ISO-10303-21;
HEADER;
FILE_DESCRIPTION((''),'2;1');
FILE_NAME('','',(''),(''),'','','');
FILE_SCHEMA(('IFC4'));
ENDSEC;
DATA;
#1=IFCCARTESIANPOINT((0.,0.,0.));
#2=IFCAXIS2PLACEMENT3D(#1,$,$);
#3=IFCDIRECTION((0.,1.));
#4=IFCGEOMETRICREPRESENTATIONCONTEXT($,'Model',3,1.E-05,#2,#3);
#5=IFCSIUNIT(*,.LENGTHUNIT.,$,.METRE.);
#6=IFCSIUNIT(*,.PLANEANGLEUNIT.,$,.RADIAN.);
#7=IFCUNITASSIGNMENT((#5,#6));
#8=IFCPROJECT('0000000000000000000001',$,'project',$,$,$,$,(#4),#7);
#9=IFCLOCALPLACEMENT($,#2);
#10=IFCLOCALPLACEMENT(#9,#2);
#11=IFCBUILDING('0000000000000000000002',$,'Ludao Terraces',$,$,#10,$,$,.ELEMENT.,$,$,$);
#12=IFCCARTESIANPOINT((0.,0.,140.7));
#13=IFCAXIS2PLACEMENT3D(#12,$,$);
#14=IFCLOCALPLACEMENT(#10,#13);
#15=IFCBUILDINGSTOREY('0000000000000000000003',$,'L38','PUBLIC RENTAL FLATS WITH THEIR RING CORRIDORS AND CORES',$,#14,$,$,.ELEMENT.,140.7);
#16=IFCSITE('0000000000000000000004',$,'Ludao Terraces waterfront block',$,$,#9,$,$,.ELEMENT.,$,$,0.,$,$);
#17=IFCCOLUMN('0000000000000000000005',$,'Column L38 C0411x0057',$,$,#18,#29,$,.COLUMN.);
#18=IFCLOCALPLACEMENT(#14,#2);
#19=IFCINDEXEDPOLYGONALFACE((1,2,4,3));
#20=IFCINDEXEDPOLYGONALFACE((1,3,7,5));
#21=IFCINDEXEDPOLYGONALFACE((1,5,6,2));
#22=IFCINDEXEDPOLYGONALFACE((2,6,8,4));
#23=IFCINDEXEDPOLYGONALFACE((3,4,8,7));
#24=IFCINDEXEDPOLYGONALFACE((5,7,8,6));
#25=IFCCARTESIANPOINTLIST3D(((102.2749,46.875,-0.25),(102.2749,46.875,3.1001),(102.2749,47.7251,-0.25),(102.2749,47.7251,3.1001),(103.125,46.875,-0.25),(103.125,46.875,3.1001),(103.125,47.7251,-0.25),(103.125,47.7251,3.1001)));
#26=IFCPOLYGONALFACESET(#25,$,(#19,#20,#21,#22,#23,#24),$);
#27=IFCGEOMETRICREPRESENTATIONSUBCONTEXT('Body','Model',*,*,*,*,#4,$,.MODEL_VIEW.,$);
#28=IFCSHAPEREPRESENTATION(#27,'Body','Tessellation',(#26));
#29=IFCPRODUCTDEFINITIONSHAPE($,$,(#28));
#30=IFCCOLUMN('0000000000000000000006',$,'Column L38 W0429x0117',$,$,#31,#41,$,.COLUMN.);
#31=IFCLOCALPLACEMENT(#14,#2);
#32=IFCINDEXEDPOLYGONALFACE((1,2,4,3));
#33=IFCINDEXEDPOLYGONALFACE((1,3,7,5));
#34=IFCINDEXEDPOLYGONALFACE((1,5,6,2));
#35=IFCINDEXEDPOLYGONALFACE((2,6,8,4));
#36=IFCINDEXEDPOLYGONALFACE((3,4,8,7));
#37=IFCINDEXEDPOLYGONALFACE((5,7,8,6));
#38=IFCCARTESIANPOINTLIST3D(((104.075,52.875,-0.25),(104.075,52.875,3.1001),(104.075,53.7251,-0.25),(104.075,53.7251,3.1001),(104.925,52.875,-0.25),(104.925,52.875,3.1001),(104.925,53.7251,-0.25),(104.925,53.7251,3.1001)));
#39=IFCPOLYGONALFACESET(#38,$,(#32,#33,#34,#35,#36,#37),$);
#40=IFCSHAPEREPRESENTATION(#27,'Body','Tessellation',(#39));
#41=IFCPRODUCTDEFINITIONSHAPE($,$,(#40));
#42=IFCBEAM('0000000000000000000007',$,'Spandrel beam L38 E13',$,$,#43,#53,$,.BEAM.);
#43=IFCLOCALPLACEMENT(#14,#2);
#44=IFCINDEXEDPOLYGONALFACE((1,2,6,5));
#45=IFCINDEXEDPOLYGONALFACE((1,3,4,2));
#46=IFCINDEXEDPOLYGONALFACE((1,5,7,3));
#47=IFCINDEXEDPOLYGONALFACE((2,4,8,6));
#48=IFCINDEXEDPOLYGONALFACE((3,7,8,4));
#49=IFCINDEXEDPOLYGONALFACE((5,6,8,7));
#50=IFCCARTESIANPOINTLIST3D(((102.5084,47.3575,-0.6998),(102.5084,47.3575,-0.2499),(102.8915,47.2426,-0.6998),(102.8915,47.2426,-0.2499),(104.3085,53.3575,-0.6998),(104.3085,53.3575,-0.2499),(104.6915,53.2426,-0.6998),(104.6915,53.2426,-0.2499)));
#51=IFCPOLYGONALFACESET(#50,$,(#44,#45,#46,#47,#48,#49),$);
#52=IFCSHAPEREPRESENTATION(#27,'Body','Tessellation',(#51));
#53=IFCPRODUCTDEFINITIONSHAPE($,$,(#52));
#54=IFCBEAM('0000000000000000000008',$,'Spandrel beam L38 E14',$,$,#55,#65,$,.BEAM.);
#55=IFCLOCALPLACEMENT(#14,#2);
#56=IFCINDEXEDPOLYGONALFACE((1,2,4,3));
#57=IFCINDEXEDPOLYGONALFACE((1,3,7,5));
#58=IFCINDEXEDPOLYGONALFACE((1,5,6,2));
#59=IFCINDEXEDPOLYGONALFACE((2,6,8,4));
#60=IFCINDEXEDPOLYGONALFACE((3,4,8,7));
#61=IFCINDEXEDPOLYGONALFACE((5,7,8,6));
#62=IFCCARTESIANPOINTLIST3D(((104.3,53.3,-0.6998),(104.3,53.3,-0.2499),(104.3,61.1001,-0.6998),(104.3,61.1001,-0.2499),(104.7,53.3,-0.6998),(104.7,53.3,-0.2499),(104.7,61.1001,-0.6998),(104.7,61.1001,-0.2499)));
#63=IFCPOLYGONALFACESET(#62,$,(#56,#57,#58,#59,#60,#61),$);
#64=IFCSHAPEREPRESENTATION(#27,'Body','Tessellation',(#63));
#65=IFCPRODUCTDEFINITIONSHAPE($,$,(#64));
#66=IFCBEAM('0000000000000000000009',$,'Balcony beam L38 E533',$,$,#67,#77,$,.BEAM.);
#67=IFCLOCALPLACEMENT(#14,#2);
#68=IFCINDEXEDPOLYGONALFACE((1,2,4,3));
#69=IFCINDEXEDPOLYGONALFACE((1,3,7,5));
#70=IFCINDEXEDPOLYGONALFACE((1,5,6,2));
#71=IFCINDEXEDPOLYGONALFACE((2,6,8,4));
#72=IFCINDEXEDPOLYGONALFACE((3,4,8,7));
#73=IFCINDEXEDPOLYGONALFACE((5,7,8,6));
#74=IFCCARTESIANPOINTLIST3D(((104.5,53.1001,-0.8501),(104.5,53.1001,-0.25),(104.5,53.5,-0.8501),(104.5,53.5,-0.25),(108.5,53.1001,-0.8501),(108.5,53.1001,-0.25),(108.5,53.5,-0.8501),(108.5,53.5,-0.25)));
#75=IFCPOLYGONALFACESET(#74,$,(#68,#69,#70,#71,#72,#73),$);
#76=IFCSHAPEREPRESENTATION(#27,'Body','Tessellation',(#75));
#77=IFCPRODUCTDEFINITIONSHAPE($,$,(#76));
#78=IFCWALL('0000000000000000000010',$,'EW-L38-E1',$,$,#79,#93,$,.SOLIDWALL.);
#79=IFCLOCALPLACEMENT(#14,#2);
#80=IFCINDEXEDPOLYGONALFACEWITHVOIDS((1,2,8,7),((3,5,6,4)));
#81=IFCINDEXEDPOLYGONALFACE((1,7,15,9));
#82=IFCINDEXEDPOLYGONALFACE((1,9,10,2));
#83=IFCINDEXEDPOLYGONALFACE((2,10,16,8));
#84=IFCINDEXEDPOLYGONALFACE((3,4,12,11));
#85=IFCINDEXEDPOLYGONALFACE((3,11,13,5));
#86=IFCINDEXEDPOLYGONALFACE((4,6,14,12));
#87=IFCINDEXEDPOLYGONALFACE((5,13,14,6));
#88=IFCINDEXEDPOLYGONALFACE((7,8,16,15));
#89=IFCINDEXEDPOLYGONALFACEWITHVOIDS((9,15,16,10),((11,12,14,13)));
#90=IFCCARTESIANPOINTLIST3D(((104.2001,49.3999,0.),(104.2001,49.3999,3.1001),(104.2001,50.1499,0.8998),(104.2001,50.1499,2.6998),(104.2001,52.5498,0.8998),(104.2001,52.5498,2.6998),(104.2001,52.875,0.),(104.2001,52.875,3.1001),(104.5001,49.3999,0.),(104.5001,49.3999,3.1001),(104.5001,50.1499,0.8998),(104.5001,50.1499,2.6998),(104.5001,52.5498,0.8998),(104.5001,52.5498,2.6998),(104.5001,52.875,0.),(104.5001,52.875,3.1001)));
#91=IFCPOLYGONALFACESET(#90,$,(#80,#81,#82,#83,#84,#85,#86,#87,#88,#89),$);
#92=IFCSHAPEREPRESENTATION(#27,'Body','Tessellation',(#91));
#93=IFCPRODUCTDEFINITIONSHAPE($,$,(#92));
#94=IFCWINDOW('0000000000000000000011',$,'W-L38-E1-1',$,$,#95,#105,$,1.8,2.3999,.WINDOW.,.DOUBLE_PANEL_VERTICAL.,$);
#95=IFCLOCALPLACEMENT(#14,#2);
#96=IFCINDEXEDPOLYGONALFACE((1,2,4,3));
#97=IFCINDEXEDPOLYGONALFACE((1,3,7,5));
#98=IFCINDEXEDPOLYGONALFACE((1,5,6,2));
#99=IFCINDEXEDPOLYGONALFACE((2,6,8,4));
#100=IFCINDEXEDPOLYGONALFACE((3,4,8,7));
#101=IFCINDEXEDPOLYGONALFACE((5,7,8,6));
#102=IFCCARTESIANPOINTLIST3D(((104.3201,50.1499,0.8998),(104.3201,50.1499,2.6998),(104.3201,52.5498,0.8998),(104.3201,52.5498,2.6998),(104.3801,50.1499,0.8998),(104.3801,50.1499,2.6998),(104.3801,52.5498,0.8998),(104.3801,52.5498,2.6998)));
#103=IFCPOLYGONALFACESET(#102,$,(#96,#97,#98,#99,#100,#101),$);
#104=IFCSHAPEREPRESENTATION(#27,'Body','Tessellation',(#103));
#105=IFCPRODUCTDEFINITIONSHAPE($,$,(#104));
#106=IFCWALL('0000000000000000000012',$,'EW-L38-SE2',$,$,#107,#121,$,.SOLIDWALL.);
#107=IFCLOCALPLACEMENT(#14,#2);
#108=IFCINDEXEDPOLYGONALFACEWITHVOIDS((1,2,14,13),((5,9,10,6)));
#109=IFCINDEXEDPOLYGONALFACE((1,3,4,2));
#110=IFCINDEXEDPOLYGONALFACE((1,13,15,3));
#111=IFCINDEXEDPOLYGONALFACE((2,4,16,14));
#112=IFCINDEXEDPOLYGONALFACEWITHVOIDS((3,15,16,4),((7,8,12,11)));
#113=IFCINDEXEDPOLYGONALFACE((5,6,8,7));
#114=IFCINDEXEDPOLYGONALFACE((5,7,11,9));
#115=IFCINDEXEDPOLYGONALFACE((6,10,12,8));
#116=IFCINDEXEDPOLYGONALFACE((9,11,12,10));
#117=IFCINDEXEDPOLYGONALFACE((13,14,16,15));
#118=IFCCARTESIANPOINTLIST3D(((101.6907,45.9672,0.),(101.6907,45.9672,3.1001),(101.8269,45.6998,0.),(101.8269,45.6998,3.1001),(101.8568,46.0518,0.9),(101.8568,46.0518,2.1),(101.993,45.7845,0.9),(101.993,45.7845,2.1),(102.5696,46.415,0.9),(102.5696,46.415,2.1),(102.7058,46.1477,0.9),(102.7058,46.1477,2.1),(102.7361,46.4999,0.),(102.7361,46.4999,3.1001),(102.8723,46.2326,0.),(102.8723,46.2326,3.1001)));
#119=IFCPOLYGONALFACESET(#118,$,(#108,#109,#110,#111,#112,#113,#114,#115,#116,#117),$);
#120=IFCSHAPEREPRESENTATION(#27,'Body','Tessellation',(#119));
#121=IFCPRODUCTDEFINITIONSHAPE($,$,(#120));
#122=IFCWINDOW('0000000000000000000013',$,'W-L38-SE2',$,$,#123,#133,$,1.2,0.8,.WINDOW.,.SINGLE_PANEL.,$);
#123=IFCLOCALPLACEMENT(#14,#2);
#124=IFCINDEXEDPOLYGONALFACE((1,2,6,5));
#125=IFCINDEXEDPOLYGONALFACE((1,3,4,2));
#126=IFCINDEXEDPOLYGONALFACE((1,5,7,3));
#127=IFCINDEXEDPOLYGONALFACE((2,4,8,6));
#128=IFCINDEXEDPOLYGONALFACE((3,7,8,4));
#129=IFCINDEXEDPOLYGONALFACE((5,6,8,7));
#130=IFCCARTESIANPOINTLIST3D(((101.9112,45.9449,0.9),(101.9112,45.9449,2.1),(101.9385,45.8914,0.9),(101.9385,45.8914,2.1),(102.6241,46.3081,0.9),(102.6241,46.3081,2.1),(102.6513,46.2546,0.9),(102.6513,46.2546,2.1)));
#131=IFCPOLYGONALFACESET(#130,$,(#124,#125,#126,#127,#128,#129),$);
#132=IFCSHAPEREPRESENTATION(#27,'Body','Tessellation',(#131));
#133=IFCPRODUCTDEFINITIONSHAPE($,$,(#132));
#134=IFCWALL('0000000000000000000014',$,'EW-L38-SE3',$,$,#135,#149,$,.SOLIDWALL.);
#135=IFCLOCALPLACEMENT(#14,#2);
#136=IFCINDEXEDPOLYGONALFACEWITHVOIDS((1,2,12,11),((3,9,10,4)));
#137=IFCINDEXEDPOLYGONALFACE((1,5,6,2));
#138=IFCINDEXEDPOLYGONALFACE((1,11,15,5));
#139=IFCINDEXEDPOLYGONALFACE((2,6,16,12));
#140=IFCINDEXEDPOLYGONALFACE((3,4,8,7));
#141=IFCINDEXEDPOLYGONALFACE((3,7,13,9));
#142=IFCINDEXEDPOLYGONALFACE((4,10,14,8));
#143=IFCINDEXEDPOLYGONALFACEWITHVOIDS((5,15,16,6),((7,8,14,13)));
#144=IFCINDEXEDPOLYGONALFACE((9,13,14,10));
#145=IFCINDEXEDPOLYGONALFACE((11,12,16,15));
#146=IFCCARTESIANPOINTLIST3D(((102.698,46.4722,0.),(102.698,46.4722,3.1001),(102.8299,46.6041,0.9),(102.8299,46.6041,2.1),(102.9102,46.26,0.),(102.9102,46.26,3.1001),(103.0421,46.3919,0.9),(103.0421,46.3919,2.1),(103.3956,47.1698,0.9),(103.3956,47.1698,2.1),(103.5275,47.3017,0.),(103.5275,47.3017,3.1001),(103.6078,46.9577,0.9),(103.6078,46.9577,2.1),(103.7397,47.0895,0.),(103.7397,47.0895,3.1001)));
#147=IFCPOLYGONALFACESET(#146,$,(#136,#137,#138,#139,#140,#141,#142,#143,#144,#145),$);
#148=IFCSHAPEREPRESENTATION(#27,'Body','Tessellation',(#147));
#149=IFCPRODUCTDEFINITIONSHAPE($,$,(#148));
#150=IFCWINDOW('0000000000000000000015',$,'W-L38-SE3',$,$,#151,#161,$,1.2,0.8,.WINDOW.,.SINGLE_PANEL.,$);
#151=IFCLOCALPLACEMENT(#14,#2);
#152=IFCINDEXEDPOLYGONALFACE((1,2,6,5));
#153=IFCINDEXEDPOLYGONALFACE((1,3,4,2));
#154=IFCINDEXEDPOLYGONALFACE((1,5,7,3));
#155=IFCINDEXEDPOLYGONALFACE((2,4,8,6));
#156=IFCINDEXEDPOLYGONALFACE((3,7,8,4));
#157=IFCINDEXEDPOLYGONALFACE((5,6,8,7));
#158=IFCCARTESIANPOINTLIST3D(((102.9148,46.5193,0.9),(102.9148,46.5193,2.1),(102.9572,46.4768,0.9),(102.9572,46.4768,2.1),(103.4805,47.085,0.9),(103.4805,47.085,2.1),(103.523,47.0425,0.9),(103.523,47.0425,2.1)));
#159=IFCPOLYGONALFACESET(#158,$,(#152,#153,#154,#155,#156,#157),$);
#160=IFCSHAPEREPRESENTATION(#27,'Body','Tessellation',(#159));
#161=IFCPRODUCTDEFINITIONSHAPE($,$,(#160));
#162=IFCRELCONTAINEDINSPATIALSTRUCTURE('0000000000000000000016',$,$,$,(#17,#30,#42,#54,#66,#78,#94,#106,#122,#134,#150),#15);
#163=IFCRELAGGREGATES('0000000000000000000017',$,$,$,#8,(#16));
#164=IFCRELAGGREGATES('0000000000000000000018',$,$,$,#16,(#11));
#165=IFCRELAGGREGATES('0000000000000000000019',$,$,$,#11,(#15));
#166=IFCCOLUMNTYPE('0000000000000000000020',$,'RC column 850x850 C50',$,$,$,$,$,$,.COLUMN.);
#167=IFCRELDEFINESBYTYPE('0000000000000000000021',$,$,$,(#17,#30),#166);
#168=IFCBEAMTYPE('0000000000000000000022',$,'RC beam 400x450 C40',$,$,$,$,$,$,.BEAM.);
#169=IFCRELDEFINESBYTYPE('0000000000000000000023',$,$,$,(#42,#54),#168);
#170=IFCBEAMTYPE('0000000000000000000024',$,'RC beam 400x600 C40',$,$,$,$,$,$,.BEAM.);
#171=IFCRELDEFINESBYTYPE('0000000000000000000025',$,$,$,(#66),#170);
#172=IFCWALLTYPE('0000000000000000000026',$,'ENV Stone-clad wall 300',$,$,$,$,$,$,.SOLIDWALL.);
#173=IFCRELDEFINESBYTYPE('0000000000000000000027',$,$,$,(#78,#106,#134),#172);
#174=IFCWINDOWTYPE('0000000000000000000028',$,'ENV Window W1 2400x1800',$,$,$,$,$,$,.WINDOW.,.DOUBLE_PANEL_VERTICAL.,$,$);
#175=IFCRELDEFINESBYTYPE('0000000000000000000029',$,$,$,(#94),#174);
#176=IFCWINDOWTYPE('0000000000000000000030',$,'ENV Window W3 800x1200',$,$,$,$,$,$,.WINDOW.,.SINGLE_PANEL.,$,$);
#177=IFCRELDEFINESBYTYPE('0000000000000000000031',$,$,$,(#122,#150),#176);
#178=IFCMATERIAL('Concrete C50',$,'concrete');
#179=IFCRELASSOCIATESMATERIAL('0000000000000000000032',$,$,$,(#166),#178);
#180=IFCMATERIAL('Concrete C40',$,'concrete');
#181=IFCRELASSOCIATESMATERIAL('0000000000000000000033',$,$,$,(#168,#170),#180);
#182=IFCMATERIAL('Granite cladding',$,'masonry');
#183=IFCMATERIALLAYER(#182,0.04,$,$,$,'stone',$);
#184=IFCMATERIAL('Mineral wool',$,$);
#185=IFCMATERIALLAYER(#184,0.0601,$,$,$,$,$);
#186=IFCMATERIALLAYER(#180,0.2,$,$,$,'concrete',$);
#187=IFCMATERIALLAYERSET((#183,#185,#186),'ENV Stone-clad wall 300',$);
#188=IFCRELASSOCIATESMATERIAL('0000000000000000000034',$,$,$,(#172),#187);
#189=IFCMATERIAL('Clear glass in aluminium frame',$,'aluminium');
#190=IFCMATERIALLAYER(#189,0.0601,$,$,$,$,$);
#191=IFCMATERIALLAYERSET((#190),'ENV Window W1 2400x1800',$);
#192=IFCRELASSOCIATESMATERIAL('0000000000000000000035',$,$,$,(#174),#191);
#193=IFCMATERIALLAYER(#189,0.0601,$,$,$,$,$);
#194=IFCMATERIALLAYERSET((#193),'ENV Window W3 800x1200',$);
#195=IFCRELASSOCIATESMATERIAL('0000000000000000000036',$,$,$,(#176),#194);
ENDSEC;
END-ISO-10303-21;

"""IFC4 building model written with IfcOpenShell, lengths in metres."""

from ifc_helpers import new_model, si_unit, direction, frame, frame_2d, origin, origin_2d, place, context, subcontext, project, spatial, rectangle, extrude, material, layer, layer_set, material_profile, profile_set, type_object, element, fill, save


model = new_model("IFC4")

# Units and contexts
model_context = context("Model", 3, precision=1e-05, world=origin(), true_north=direction((0.0, 1.0)))
body_context = subcontext(model_context, "Body", "Model", "MODEL_VIEW")
ifc_project = project(units=[si_unit("LENGTHUNIT", "METRE"), si_unit("PLANEANGLEUNIT", "RADIAN")], contexts=[model_context])

# Site, building, storey
site_placement = place(None, origin())
site = spatial("IfcSite", under=ifc_project, at=site_placement, Name="Ludao Terraces waterfront block", CompositionType="ELEMENT", RefElevation=0.0)
building_placement = place(site_placement, origin())
building = spatial("IfcBuilding", under=site, at=building_placement, Name="Ludao Terraces", CompositionType="ELEMENT")
storey_placement = place(building_placement, frame((0.0, 0.0, 140.7)))
storey = spatial("IfcBuildingStorey", under=building, at=storey_placement, Name="L38", Description="PUBLIC RENTAL FLATS WITH THEIR RING CORRIDORS AND CORES", CompositionType="ELEMENT", Elevation=140.7)

# Columns
ifc_material_1 = material(Name="Concrete C50", Category="concrete")
ifc_material_profile_1 = material_profile(ifc_material_1, rectangle(XDim=0.8501, YDim=0.8501, at=origin_2d()), Name="850 X 850")
ifc_profile_set_1 = profile_set([ifc_material_profile_1], Name="Concrete C50")
column_type = type_object("IfcColumnType", Name="RC column 850x850 C50", PredefinedType="COLUMN", material=ifc_profile_set_1)
for number, where, z_axis, x_axis, name in (
    (1, (102.7, 47.3, -0.25), (0.0, 0.0, 1.0), (1.0, 0.0, 0.0), "Column L38 C0411x0057"),
    (2, (104.5, 53.3, -0.25), (0.0, 0.0, 1.0), (1.0, 0.0, 0.0), "Column L38 W0429x0117"),
):
    element("IfcColumn", number, at=place(storey_placement, frame(where, z_axis=z_axis, x_axis=x_axis)), inside=storey, type_object=column_type, Name=name, PredefinedType="COLUMN", context=body_context, shape_type="SweptSolid", body=[
        extrude(rectangle(XDim=0.8501, YDim=0.8501, at=origin_2d()), origin(), (0.0, 0.0, 1.0), 3.3501),
    ])

# Beams
ifc_material_2 = material(Name="Concrete C40", Category="concrete")
ifc_material_profile_2 = material_profile(ifc_material_2, rectangle(XDim=0.3999, YDim=0.45, at=origin_2d()), Name="400 X 450")
ifc_profile_set_2 = profile_set([ifc_material_profile_2], Name="Concrete C40")
beam_type_1 = type_object("IfcBeamType", Name="RC beam 400x450 C40", PredefinedType="BEAM", material=ifc_profile_set_2)
beam_1_placement = place(storey_placement, frame((102.7, 47.3, -0.4749), z_axis=(0.287355, 0.957824, 0.0), x_axis=(-0.957824, 0.287355, 0.0)))
element("IfcBeam", 3, at=beam_1_placement, inside=storey, type_object=beam_type_1, Name="Spandrel beam L38 E13", PredefinedType="BEAM", context=body_context, shape_type="SweptSolid", body=[
    extrude(rectangle(XDim=0.3999, YDim=0.45, at=origin_2d()), origin(), (0.0, 0.0, 1.0), 6.2642),
])
beam_2_placement = place(storey_placement, frame((104.5, 53.3, -0.4749), z_axis=(0.0, 1.0, 0.0), x_axis=(-1.0, 0.0, 0.0)))
element("IfcBeam", 4, at=beam_2_placement, inside=storey, type_object=beam_type_1, Name="Spandrel beam L38 E14", PredefinedType="BEAM", context=body_context, shape_type="SweptSolid", body=[
    extrude(rectangle(XDim=0.3999, YDim=0.45, at=origin_2d()), origin(), (0.0, 0.0, 1.0), 7.8),
])
ifc_material_profile_3 = material_profile(ifc_material_2, rectangle(XDim=0.3999, YDim=0.6001, at=origin_2d()), Name="400 X 600")
ifc_profile_set_3 = profile_set([ifc_material_profile_3], Name="Concrete C40")
beam_type_2 = type_object("IfcBeamType", Name="RC beam 400x600 C40", PredefinedType="BEAM", material=ifc_profile_set_3)
beam_3_placement = place(storey_placement, frame((104.5, 53.3, -0.55), z_axis=(1.0, 0.0, 0.0), x_axis=(0.0, 1.0, 0.0)))
element("IfcBeam", 5, at=beam_3_placement, inside=storey, type_object=beam_type_2, Name="Balcony beam L38 E533", PredefinedType="BEAM", context=body_context, shape_type="SweptSolid", body=[
    extrude(rectangle(XDim=0.3999, YDim=0.6001, at=origin_2d()), origin(), (0.0, 0.0, 1.0), 4.0),
])

# Walls, openings, windows
ifc_material_3 = material(Name="Granite cladding", Category="masonry")
ifc_layer_1 = layer(ifc_material_3, 0.04, Category="stone")
ifc_material_4 = material(Name="Mineral wool")
ifc_layer_2 = layer(ifc_material_4, 0.0601)
ifc_layer_3 = layer(ifc_material_2, 0.2, Category="concrete")
ifc_layer_set_1 = layer_set([ifc_layer_1, ifc_layer_2, ifc_layer_3], Name="ENV Stone-clad wall 300")
wall_type = type_object("IfcWallType", Name="ENV Stone-clad wall 300", PredefinedType="SOLIDWALL", material=ifc_layer_set_1)
wall_1_placement = place(storey_placement, frame((104.3501, 49.3999, 0.0), z_axis=(0.0, 0.0, 1.0), x_axis=(0.0, 1.0, 0.0)))
wall_1 = element("IfcWall", 6, at=wall_1_placement, inside=storey, type_object=wall_type, Name="EW-L38-E1", PredefinedType="SOLIDWALL", context=body_context, shape_type="SweptSolid", body=[
    extrude(rectangle(XDim=3.4751, YDim=0.3, at=frame_2d((1.7375, 0.0))), origin(), (0.0, 0.0, 1.0), 3.1001),
])
opening_1_placement = place(wall_1_placement, frame((0.75, 0.0, 0.8999)))
opening_1 = element("IfcOpeningElement", 7, at=opening_1_placement, cuts=wall_1, PredefinedType="OPENING", context=body_context, shape_type="SweptSolid", body=[
    extrude(rectangle(XDim=2.3999, YDim=1.8, at=frame_2d((1.2, 0.8999))), frame((0.0, 0.1602, 0.0), z_axis=(0.0, -1.0, 0.0), x_axis=(1.0, 0.0, 0.0)), (0.0, 0.0, 1.0), 0.3201),
])
ifc_material_5 = material(Name="Clear glass in aluminium frame", Category="aluminium")
ifc_layer_4 = layer(ifc_material_5, 0.0601)
ifc_layer_set_2 = layer_set([ifc_layer_4], Name="ENV Window W1 2400x1800")
window_type_1 = type_object("IfcWindowType", Name="ENV Window W1 2400x1800", PartitioningType="DOUBLE_PANEL_VERTICAL", PredefinedType="WINDOW", material=ifc_layer_set_2)
window_1_placement = place(opening_1_placement, origin())
window_1 = element("IfcWindow", 8, at=window_1_placement, inside=storey, type_object=window_type_1, Name="W-L38-E1-1", OverallHeight=1.8, OverallWidth=2.3999, PartitioningType="DOUBLE_PANEL_VERTICAL", PredefinedType="WINDOW", context=body_context, shape_type="SweptSolid", body=[
    extrude(rectangle(XDim=2.3999, YDim=1.8, at=frame_2d((1.2, 0.8999))), frame((0.0, 0.03, 0.0), z_axis=(0.0, -1.0, 0.0), x_axis=(1.0, 0.0, 0.0)), (0.0, 0.0, 1.0), 0.0601),
])
fill(opening_1, window_1)
wall_2_placement = place(storey_placement, frame((101.7588, 45.8335, 0.0), z_axis=(0.0, 0.0, 1.0), x_axis=(0.890989, 0.454026, 0.0)))
wall_2 = element("IfcWall", 9, at=wall_2_placement, inside=storey, type_object=wall_type, Name="EW-L38-SE2", PredefinedType="SOLIDWALL", context=body_context, shape_type="SweptSolid", body=[
    extrude(rectangle(XDim=1.1733, YDim=0.3, at=frame_2d((0.5867, 0.0))), origin(), (0.0, 0.0, 1.0), 3.1001),
])
opening_2_placement = place(wall_2_placement, frame((0.1865, 0.0, 0.8999)))
opening_2 = element("IfcOpeningElement", 10, at=opening_2_placement, cuts=wall_2, PredefinedType="OPENING", context=body_context, shape_type="SweptSolid", body=[
    extrude(rectangle(XDim=0.8, YDim=1.2, at=frame_2d((0.3999, 0.6001))), frame((0.0, 0.1602, 0.0), z_axis=(0.0, -1.0, 0.0), x_axis=(1.0, 0.0, 0.0)), (0.0, 0.0, 1.0), 0.3201),
])
ifc_layer_5 = layer(ifc_material_5, 0.0601)
ifc_layer_set_3 = layer_set([ifc_layer_5], Name="ENV Window W3 800x1200")
window_type_2 = type_object("IfcWindowType", Name="ENV Window W3 800x1200", PartitioningType="SINGLE_PANEL", PredefinedType="WINDOW", material=ifc_layer_set_3)
window_2_placement = place(opening_2_placement, origin())
window_2 = element("IfcWindow", 11, at=window_2_placement, inside=storey, type_object=window_type_2, Name="W-L38-SE2", OverallHeight=1.2, OverallWidth=0.8, PartitioningType="SINGLE_PANEL", PredefinedType="WINDOW", context=body_context, shape_type="SweptSolid", body=[
    extrude(rectangle(XDim=0.8, YDim=1.2, at=frame_2d((0.3999, 0.6001))), frame((0.0, 0.03, 0.0), z_axis=(0.0, -1.0, 0.0), x_axis=(1.0, 0.0, 0.0)), (0.0, 0.0, 1.0), 0.0601),
])
fill(opening_2, window_2)
wall_3_placement = place(storey_placement, frame((102.8042, 46.3662, 0.0), z_axis=(0.0, 0.0, 1.0), x_axis=(0.707107, 0.707107, 0.0)))
wall_3 = element("IfcWall", 12, at=wall_3_placement, inside=storey, type_object=wall_type, Name="EW-L38-SE3", PredefinedType="SOLIDWALL", context=body_context, shape_type="SweptSolid", body=[
    extrude(rectangle(XDim=1.1731, YDim=0.3, at=frame_2d((0.5864, 0.0))), origin(), (0.0, 0.0, 1.0), 3.1001),
])
opening_3_placement = place(wall_3_placement, frame((0.1865, 0.0, 0.8999)))
opening_3 = element("IfcOpeningElement", 13, at=opening_3_placement, cuts=wall_3, PredefinedType="OPENING", context=body_context, shape_type="SweptSolid", body=[
    extrude(rectangle(XDim=0.8, YDim=1.2, at=frame_2d((0.3999, 0.6001))), frame((0.0, 0.1602, 0.0), z_axis=(0.0, -1.0, 0.0), x_axis=(1.0, 0.0, 0.0)), (0.0, 0.0, 1.0), 0.3201),
])
window_3_placement = place(opening_3_placement, origin())
window_3 = element("IfcWindow", 14, at=window_3_placement, inside=storey, type_object=window_type_2, Name="W-L38-SE3", OverallHeight=1.2, OverallWidth=0.8, PartitioningType="SINGLE_PANEL", PredefinedType="WINDOW", context=body_context, shape_type="SweptSolid", body=[
    extrude(rectangle(XDim=0.8, YDim=1.2, at=frame_2d((0.3999, 0.6001))), frame((0.0, 0.03, 0.0), z_axis=(0.0, -1.0, 0.0), x_axis=(1.0, 0.0, 0.0)), (0.0, 0.0, 1.0), 0.0601),
])
fill(opening_3, window_3)

save(model, "model.ifc")
